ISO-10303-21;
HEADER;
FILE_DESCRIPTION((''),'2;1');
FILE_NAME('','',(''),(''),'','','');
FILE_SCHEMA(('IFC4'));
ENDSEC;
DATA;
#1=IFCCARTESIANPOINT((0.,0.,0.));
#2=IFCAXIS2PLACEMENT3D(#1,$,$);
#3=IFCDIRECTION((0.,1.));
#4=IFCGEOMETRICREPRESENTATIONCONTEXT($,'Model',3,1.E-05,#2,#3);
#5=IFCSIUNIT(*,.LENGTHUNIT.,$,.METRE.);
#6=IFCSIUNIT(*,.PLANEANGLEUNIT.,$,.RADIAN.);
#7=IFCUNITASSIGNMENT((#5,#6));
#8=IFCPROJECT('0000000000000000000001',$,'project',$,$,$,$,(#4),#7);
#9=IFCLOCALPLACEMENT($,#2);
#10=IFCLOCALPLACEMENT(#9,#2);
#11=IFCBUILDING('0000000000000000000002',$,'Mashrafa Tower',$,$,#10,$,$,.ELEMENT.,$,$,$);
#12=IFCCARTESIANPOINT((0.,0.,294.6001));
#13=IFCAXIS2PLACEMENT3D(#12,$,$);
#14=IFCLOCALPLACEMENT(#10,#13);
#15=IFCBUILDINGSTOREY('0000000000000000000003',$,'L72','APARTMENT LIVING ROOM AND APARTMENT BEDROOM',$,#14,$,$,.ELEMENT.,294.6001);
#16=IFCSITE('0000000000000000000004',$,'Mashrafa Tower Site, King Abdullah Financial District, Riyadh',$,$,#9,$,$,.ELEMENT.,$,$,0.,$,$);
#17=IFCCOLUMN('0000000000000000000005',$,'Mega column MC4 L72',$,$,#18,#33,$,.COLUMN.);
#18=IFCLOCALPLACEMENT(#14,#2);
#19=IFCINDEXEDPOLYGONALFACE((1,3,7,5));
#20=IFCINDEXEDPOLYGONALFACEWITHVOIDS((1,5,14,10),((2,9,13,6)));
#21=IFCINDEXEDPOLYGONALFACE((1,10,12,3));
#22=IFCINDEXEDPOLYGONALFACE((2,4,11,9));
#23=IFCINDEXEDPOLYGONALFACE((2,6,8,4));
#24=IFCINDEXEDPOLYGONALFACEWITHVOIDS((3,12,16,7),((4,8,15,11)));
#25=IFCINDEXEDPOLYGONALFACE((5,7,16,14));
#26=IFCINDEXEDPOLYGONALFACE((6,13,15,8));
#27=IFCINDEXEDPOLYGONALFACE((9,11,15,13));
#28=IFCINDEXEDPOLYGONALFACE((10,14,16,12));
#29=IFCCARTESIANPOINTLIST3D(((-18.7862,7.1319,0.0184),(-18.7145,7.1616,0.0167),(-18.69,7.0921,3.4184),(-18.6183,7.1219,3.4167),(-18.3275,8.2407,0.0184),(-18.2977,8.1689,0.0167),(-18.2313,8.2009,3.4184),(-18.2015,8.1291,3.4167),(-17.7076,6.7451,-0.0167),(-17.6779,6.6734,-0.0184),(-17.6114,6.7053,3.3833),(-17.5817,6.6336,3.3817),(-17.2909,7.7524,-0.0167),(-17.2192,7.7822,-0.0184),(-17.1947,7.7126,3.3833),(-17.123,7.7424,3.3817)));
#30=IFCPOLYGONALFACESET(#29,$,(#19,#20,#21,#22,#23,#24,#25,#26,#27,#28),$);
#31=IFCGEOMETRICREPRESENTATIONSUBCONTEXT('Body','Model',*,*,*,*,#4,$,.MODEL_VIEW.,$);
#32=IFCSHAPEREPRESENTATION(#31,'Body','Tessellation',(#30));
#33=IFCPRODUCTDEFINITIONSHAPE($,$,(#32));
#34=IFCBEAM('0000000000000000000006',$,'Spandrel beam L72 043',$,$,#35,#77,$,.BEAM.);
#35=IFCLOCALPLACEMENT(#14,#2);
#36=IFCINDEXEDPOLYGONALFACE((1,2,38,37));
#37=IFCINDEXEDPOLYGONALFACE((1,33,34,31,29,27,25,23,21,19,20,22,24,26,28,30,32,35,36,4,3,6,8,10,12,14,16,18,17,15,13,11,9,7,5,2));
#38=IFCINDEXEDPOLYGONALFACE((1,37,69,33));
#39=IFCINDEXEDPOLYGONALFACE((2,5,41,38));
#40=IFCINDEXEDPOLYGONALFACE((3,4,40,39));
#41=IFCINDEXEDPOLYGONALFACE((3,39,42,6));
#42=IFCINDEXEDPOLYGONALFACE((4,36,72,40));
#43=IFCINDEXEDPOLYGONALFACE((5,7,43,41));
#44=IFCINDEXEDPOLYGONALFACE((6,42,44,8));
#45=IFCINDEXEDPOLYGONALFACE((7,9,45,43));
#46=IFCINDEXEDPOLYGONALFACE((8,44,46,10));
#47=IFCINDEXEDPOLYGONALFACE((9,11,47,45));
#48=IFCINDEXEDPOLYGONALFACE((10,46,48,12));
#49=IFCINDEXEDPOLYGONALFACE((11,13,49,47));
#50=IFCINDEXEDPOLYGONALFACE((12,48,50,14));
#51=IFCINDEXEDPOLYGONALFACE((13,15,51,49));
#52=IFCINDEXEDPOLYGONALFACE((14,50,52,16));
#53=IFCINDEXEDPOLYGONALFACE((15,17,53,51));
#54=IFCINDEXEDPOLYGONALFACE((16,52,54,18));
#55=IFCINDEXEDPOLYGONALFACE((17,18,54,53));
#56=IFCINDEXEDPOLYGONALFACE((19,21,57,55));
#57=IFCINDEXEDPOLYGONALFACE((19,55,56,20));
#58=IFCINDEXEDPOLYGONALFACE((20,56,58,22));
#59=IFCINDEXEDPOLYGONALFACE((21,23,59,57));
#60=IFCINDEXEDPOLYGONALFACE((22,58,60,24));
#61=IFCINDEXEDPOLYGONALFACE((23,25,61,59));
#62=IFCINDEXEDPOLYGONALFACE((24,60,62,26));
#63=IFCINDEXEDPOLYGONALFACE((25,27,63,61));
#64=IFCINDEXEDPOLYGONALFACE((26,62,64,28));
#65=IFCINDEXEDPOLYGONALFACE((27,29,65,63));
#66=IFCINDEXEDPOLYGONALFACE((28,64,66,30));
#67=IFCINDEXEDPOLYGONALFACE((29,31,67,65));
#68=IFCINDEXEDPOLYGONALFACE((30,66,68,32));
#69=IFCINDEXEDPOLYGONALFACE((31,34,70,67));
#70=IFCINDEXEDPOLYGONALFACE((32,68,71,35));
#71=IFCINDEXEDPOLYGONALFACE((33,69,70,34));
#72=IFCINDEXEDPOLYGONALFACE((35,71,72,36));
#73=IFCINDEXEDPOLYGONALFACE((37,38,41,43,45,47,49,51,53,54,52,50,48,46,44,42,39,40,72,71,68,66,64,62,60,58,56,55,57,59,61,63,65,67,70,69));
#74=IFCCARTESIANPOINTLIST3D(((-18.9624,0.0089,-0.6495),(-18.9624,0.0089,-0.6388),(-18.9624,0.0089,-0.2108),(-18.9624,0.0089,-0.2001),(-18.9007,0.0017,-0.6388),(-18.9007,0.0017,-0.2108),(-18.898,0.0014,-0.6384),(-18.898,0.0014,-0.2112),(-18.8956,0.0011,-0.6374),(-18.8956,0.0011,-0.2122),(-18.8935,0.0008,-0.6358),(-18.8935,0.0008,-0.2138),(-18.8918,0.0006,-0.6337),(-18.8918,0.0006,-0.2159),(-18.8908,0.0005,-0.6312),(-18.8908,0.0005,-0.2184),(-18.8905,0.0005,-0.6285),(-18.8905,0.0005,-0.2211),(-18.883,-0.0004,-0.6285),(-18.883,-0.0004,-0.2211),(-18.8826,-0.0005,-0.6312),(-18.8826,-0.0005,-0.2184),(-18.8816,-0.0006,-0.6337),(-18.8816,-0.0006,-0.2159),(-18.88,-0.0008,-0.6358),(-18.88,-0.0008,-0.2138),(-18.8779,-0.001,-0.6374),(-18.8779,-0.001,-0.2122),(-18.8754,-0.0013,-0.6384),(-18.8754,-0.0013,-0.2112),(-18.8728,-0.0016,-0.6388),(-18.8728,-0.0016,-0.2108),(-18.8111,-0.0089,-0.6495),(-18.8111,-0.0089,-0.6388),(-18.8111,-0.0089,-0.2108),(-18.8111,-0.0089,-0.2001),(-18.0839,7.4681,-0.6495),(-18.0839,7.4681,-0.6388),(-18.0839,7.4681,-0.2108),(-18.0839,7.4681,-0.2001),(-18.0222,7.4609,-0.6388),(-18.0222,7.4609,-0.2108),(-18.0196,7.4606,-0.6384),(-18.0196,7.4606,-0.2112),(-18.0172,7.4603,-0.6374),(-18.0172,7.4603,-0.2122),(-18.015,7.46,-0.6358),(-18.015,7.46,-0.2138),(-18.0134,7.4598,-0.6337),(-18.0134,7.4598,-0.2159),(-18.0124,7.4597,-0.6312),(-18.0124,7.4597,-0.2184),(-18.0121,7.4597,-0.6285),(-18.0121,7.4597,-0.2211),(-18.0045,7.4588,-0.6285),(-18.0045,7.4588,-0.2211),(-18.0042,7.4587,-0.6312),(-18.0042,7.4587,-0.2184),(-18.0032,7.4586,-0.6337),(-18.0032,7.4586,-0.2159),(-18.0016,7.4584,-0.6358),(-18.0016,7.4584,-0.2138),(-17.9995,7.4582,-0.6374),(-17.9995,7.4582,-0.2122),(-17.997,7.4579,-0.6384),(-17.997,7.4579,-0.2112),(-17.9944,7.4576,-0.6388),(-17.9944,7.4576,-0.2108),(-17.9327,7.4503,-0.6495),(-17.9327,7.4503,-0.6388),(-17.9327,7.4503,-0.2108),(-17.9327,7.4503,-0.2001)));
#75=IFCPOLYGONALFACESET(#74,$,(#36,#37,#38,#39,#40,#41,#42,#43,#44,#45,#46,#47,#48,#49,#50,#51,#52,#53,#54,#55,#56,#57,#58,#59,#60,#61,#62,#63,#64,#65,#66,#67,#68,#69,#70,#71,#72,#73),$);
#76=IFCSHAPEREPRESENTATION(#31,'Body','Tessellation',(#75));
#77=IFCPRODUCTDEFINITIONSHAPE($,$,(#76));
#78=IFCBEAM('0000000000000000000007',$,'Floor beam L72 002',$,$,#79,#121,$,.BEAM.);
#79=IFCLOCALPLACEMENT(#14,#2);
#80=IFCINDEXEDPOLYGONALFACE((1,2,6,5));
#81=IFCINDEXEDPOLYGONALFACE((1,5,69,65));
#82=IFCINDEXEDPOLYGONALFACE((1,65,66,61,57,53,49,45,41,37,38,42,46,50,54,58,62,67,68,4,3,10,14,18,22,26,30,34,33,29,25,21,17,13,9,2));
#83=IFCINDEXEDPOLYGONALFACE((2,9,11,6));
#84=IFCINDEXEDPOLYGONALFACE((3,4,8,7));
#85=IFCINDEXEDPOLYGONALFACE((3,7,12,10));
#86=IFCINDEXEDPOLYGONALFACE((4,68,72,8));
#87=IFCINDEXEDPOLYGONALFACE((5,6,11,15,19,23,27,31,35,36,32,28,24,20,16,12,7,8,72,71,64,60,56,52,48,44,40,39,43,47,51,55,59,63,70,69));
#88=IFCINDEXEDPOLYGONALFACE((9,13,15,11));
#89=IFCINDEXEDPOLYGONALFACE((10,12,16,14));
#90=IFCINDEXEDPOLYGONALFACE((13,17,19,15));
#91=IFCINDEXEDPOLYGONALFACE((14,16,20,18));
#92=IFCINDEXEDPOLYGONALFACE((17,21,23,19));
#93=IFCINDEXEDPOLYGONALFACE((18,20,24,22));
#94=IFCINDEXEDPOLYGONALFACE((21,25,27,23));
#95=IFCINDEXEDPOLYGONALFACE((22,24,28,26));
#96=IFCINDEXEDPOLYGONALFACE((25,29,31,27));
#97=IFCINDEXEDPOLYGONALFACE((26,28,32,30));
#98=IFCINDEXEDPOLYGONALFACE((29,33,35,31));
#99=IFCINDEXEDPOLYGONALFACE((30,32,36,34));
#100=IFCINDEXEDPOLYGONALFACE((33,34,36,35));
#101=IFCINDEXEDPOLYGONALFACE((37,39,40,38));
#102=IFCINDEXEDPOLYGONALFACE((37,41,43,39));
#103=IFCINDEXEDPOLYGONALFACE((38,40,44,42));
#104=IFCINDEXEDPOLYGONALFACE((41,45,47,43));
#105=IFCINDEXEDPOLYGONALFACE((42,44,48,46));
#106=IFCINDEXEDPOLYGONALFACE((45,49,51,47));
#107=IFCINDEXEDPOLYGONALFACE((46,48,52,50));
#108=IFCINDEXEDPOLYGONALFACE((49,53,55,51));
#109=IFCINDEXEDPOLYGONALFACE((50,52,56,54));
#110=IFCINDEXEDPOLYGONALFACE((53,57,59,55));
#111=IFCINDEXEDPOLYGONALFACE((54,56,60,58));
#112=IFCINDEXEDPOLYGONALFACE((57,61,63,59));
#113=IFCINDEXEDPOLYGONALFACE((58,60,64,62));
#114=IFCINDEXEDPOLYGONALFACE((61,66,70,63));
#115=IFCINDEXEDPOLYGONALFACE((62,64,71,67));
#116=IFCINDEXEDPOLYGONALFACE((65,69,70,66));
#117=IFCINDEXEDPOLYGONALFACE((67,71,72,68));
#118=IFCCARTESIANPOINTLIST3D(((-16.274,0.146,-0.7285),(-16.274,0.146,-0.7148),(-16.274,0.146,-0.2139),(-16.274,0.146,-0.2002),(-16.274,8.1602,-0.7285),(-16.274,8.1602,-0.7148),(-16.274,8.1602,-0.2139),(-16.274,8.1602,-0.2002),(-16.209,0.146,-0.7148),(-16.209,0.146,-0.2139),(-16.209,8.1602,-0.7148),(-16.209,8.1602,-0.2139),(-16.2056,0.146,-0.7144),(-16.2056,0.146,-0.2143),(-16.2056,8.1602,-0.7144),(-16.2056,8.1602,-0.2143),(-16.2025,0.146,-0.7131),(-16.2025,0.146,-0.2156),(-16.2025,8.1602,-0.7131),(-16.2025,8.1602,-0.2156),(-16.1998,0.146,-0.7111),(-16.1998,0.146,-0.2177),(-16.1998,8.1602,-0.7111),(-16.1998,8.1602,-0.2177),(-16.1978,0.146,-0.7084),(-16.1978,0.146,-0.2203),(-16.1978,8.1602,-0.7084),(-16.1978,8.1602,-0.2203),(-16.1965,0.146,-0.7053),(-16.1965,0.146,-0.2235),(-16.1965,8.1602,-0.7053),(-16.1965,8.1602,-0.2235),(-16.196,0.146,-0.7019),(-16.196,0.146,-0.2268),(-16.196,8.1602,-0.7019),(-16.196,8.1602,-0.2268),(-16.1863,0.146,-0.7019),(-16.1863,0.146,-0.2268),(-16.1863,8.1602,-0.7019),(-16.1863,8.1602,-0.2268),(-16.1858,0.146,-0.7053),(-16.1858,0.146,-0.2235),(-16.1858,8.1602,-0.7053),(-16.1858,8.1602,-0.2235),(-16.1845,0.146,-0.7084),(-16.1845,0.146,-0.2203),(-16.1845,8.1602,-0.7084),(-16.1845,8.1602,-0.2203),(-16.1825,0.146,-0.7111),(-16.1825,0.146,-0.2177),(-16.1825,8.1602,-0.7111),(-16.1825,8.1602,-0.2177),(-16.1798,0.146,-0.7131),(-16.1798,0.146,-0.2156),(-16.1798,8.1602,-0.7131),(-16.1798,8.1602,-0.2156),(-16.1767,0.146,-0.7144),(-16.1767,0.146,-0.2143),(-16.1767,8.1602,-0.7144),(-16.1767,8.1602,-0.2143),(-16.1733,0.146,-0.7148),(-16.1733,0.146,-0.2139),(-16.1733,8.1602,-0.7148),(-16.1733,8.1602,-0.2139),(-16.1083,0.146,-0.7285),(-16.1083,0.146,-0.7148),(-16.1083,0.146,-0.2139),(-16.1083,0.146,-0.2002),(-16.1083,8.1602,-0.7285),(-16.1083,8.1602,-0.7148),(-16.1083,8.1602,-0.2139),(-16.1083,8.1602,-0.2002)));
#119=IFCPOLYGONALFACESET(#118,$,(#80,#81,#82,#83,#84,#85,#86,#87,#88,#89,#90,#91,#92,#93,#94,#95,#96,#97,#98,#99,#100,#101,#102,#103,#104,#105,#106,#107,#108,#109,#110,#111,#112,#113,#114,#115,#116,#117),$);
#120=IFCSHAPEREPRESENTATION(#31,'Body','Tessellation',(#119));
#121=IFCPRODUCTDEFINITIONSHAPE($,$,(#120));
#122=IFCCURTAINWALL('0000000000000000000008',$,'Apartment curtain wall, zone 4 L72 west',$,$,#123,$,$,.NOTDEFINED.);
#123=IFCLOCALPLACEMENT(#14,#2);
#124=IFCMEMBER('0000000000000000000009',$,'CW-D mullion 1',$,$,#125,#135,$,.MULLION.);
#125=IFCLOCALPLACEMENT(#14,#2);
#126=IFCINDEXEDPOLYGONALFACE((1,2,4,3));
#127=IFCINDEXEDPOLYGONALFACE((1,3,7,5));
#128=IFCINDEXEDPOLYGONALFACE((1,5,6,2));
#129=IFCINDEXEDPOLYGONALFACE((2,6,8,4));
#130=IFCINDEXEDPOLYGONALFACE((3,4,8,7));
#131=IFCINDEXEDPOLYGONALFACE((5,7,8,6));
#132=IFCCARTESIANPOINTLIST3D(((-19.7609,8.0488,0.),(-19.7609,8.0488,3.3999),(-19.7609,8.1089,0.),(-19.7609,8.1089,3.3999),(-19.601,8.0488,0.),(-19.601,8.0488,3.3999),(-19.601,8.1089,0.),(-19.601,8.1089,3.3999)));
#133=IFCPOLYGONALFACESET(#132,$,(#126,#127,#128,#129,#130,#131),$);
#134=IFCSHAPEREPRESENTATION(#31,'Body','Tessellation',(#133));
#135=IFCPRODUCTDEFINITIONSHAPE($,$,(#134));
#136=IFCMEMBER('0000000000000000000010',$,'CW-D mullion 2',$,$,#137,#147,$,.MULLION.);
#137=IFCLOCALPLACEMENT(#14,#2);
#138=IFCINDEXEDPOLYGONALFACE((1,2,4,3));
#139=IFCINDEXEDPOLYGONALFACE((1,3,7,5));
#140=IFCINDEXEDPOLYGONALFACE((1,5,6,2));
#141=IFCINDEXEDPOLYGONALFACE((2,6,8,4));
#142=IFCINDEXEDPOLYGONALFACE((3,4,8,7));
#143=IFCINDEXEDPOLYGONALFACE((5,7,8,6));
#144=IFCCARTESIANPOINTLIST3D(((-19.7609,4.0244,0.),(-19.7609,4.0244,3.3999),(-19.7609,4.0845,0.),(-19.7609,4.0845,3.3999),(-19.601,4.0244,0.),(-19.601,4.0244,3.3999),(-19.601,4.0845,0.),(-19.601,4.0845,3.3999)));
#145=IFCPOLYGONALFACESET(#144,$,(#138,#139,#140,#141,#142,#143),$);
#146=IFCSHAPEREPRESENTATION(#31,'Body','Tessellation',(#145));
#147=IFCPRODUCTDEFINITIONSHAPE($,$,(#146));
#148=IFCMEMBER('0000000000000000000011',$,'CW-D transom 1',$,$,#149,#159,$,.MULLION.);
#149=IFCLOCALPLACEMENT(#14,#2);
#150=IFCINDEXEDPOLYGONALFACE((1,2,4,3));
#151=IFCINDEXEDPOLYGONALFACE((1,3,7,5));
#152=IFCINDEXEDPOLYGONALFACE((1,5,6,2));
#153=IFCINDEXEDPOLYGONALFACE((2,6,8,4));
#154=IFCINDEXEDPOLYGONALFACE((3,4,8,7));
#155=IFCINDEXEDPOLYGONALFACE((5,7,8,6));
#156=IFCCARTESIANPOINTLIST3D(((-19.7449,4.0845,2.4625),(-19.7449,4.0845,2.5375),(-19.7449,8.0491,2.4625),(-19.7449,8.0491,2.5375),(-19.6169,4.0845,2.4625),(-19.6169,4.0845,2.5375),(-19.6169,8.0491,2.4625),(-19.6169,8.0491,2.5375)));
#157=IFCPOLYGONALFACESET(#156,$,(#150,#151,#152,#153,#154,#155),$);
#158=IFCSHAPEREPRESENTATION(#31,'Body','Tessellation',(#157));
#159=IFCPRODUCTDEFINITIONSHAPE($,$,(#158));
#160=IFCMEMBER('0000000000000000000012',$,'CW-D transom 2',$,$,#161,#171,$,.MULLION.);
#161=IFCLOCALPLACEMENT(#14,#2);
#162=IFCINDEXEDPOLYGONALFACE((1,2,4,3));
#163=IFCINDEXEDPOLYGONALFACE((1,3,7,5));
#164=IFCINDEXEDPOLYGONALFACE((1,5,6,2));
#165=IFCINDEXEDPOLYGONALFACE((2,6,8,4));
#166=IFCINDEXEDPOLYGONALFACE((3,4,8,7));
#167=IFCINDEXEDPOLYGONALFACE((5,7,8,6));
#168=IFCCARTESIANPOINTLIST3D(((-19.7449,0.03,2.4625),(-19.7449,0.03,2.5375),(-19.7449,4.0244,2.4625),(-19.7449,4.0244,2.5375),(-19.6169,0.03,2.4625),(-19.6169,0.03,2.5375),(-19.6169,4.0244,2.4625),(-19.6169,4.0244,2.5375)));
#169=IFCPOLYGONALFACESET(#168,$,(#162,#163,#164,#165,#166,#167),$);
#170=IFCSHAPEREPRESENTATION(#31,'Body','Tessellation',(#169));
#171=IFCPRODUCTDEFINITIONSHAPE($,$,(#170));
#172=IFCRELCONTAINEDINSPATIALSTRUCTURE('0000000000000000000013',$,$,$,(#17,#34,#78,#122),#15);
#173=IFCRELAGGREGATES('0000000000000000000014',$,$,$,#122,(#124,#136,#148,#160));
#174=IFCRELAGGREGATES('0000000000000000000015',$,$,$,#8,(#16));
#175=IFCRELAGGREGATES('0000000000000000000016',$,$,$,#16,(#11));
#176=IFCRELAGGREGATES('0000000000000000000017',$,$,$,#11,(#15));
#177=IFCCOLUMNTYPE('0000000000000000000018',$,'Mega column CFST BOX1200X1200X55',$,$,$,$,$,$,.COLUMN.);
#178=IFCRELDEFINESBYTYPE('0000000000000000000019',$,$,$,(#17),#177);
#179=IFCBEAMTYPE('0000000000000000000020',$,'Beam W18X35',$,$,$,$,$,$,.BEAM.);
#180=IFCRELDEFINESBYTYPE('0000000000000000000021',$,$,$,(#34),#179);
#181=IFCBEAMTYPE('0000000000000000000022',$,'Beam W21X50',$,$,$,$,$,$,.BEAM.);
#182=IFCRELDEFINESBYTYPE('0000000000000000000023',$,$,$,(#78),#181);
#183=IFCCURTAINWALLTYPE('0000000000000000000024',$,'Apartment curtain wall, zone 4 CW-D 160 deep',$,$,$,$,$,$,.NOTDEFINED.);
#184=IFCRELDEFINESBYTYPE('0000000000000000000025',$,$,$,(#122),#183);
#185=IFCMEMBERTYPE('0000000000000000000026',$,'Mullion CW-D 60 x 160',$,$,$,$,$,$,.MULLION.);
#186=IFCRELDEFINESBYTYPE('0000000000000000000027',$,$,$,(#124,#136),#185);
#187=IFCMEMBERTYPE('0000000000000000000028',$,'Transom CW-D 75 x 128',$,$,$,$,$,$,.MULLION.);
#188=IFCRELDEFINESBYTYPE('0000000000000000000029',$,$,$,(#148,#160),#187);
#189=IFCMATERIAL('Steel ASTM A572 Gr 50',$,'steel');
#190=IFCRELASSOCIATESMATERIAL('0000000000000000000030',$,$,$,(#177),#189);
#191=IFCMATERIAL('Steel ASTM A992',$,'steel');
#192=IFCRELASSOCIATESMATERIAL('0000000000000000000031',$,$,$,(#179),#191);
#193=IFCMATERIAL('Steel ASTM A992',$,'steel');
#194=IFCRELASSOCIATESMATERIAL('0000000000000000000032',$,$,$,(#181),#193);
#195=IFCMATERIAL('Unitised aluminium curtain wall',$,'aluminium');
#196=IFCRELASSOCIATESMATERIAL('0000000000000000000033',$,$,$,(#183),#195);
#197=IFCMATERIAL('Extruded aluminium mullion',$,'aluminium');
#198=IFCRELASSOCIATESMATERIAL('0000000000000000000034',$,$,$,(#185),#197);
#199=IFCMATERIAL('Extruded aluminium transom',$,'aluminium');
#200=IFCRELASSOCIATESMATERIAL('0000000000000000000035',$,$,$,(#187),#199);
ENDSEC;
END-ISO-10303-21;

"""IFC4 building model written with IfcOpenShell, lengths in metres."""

from ifc_helpers import new_model, si_unit, direction, frame, origin, origin_2d, place, context, subcontext, project, spatial, rectangle, hollow_rectangle, i_section, extrude, source, transform, mapped, material, material_profile, profile_set, type_object, type_shapes, element, aggregate, save


model = new_model("IFC4")

# Units and contexts
model_context = context("Model", 3, precision=1e-05, world=origin(), true_north=direction((0.0, 1.0)))
body_context = subcontext(model_context, "Body", "Model", "MODEL_VIEW")
ifc_project = project(units=[si_unit("LENGTHUNIT", "METRE"), si_unit("PLANEANGLEUNIT", "RADIAN")], contexts=[model_context])

# Site, building, storey
site_placement = place(None, origin())
site = spatial("IfcSite", under=ifc_project, at=site_placement, Name="Mashrafa Tower Site, King Abdullah Financial District, Riyadh", CompositionType="ELEMENT", RefElevation=0.0)
building_placement = place(site_placement, origin())
building = spatial("IfcBuilding", under=site, at=building_placement, Name="Mashrafa Tower", CompositionType="ELEMENT")
storey_placement = place(building_placement, frame((0.0, 0.0, 294.6001)))
storey = spatial("IfcBuildingStorey", under=building, at=storey_placement, Name="L72", Description="APARTMENT LIVING ROOM AND APARTMENT BEDROOM", CompositionType="ELEMENT", Elevation=294.6001)

# Column
ifc_material_1 = material(Name="Steel ASTM A572 Gr 50", Category="steel")
ifc_material_profile_1 = material_profile(ifc_material_1, hollow_rectangle(XDim=1.2, YDim=1.2, WallThickness=0.0549, at=origin_2d()), Name="BOX1200X1200X55")
ifc_profile_set_1 = profile_set([ifc_material_profile_1], Name="Steel ASTM A572 Gr 50")
column_type = type_object("IfcColumnType", Name="Mega column CFST BOX1200X1200X55", PredefinedType="COLUMN", material=ifc_profile_set_1)
column_placement = place(storey_placement, frame((-18.0027, 7.457, 0.0), z_axis=(0.028279, -0.011699, 0.999532), x_axis=(0.382283, 0.924045, 0.0)))
element("IfcColumn", 1, at=column_placement, inside=storey, type_object=column_type, Name="Mega column MC4 L72", PredefinedType="COLUMN", context=body_context, shape_type="SweptSolid", body=[
    extrude(hollow_rectangle(XDim=1.2, YDim=1.2, WallThickness=0.0549, at=origin_2d()), origin(), (0.0, 0.0, 1.0), 3.4016),
])

# Beams
ifc_material_2 = material(Name="Steel ASTM A992", Category="steel")
ifc_material_profile_2 = material_profile(ifc_material_2, i_section(OverallWidth=0.1523, OverallDepth=0.4495, WebThickness=0.0076, FlangeThickness=0.0107, FilletRadius=0.0103, at=origin_2d()), Name="W18X35")
ifc_profile_set_2 = profile_set([ifc_material_profile_2], Name="Steel ASTM A992")
beam_type_1 = type_object("IfcBeamType", Name="Beam W18X35", PredefinedType="BEAM", material=ifc_profile_set_2)
beam_1_placement = place(storey_placement, frame((-18.0083, 7.4592, -0.4248), z_axis=(-0.116954, -0.993137, 0.0), x_axis=(0.993137, -0.116954, 0.0)))
element("IfcBeam", 2, at=beam_1_placement, inside=storey, type_object=beam_type_1, Name="Spandrel beam L72 043", PredefinedType="BEAM", context=body_context, shape_type="SweptSolid", body=[
    extrude(i_section(OverallWidth=0.1523, OverallDepth=0.4495, WebThickness=0.0076, FlangeThickness=0.0107, FilletRadius=0.0103, at=origin_2d()), origin(), (0.0, 0.0, 1.0), 7.5107),
])
ifc_material_3 = material(Name="Steel ASTM A992", Category="steel")
ifc_material_profile_3 = material_profile(ifc_material_3, i_section(OverallWidth=0.1658, OverallDepth=0.5283, WebThickness=0.0098, FlangeThickness=0.0137, FilletRadius=0.0129, at=origin_2d()), Name="W21X50")
ifc_profile_set_3 = profile_set([ifc_material_profile_3], Name="Steel ASTM A992")
beam_type_2 = type_object("IfcBeamType", Name="Beam W21X50", PredefinedType="BEAM", material=ifc_profile_set_3)
beam_2_placement = place(storey_placement, frame((-16.1912, 0.146, -0.4644), z_axis=(0.0, 1.0, 0.0), x_axis=(-1.0, 0.0, 0.0)))
element("IfcBeam", 3, at=beam_2_placement, inside=storey, type_object=beam_type_2, Name="Floor beam L72 002", PredefinedType="BEAM", context=body_context, shape_type="SweptSolid", body=[
    extrude(i_section(OverallWidth=0.1658, OverallDepth=0.5283, WebThickness=0.0098, FlangeThickness=0.0137, FilletRadius=0.0129, at=origin_2d()), origin(), (0.0, 0.0, 1.0), 8.0142),
])

# Curtain wall, members
ifc_material_4 = material(Name="Unitised aluminium curtain wall", Category="aluminium")
curtain_wall_type = type_object("IfcCurtainWallType", Name="Apartment curtain wall, zone 4 CW-D 160 deep", PredefinedType="NOTDEFINED", material=ifc_material_4)
curtain_wall_placement = place(storey_placement, origin())
curtain_wall = element("IfcCurtainWall", 4, at=curtain_wall_placement, inside=storey, type_object=curtain_wall_type, Name="Apartment curtain wall, zone 4 L72 west", PredefinedType="NOTDEFINED")
ifc_material_5 = material(Name="Extruded aluminium mullion", Category="aluminium")
ifc_material_profile_4 = material_profile(ifc_material_5, rectangle(XDim=0.1599, YDim=0.0601, at=origin_2d()), Name="Mullion 60x160")
ifc_profile_set_4 = profile_set([ifc_material_profile_4], Name="Extruded aluminium mullion")
member_type_1 = type_object("IfcMemberType", Name="Mullion CW-D 60 x 160", PredefinedType="MULLION", material=ifc_profile_set_4)
shared_shape_1 = source(origin(), body_context, "Body", "SweptSolid", [
    extrude(rectangle(XDim=0.1599, YDim=0.0601, at=origin_2d()), origin(), (0.0, 0.0, 1.0), 3.3999),
])
type_shapes(member_type_1, [shared_shape_1])
member_1_placement = place(storey_placement, frame((-19.6809, 8.0789, 0.0), z_axis=(0.0, 0.0, 1.0), x_axis=(1.0, 0.0, 0.0)))
member_1 = element("IfcMember", 5, at=member_1_placement, type_object=member_type_1, Name="CW-D mullion 1", PredefinedType="MULLION", context=body_context, shape_type="MappedRepresentation", body=[
    mapped(shared_shape_1, transform((0.0, 0.0, 0.0))),
])
member_2_placement = place(storey_placement, frame((-19.6809, 4.0544, 0.0), z_axis=(0.0, 0.0, 1.0), x_axis=(1.0, 0.0, 0.0)))
member_2 = element("IfcMember", 6, at=member_2_placement, type_object=member_type_1, Name="CW-D mullion 2", PredefinedType="MULLION", context=body_context, shape_type="MappedRepresentation", body=[
    mapped(shared_shape_1, transform((0.0, 0.0, 0.0))),
])
ifc_material_6 = material(Name="Extruded aluminium transom", Category="aluminium")
ifc_material_profile_5 = material_profile(ifc_material_6, rectangle(XDim=0.1279, YDim=0.075, at=origin_2d()), Name="Transom 75x128")
ifc_profile_set_5 = profile_set([ifc_material_profile_5], Name="Extruded aluminium transom")
member_type_2 = type_object("IfcMemberType", Name="Transom CW-D 75 x 128", PredefinedType="MULLION", material=ifc_profile_set_5)
shared_shape_2 = source(origin(), body_context, "Body", "SweptSolid", [
    extrude(rectangle(XDim=0.1279, YDim=0.075, at=origin_2d()), origin(), (0.0, 0.0, 1.0), 3.9646),
])
member_3_placement = place(storey_placement, frame((-19.6809, 8.0491, 2.5), z_axis=(0.0, -1.0, 0.0), x_axis=(1.0, 0.0, 0.0)))
member_3 = element("IfcMember", 7, at=member_3_placement, type_object=member_type_2, Name="CW-D transom 1", PredefinedType="MULLION", context=body_context, shape_type="MappedRepresentation", body=[
    mapped(shared_shape_2, transform((0.0, 0.0, 0.0))),
])
shared_shape_3 = source(origin(), body_context, "Body", "SweptSolid", [
    extrude(rectangle(XDim=0.1279, YDim=0.075, at=origin_2d()), origin(), (0.0, 0.0, 1.0), 3.9944),
])
type_shapes(member_type_2, [shared_shape_2, shared_shape_3])
member_4_placement = place(storey_placement, frame((-19.6809, 4.0244, 2.5), z_axis=(0.0, -1.0, 0.0), x_axis=(1.0, 0.0, 0.0)))
member_4 = element("IfcMember", 8, at=member_4_placement, type_object=member_type_2, Name="CW-D transom 2", PredefinedType="MULLION", context=body_context, shape_type="MappedRepresentation", body=[
    mapped(shared_shape_3, transform((0.0, 0.0, 0.0))),
])
aggregate(curtain_wall, [member_1, member_2, member_3, member_4])

save(model, "model.ifc")
